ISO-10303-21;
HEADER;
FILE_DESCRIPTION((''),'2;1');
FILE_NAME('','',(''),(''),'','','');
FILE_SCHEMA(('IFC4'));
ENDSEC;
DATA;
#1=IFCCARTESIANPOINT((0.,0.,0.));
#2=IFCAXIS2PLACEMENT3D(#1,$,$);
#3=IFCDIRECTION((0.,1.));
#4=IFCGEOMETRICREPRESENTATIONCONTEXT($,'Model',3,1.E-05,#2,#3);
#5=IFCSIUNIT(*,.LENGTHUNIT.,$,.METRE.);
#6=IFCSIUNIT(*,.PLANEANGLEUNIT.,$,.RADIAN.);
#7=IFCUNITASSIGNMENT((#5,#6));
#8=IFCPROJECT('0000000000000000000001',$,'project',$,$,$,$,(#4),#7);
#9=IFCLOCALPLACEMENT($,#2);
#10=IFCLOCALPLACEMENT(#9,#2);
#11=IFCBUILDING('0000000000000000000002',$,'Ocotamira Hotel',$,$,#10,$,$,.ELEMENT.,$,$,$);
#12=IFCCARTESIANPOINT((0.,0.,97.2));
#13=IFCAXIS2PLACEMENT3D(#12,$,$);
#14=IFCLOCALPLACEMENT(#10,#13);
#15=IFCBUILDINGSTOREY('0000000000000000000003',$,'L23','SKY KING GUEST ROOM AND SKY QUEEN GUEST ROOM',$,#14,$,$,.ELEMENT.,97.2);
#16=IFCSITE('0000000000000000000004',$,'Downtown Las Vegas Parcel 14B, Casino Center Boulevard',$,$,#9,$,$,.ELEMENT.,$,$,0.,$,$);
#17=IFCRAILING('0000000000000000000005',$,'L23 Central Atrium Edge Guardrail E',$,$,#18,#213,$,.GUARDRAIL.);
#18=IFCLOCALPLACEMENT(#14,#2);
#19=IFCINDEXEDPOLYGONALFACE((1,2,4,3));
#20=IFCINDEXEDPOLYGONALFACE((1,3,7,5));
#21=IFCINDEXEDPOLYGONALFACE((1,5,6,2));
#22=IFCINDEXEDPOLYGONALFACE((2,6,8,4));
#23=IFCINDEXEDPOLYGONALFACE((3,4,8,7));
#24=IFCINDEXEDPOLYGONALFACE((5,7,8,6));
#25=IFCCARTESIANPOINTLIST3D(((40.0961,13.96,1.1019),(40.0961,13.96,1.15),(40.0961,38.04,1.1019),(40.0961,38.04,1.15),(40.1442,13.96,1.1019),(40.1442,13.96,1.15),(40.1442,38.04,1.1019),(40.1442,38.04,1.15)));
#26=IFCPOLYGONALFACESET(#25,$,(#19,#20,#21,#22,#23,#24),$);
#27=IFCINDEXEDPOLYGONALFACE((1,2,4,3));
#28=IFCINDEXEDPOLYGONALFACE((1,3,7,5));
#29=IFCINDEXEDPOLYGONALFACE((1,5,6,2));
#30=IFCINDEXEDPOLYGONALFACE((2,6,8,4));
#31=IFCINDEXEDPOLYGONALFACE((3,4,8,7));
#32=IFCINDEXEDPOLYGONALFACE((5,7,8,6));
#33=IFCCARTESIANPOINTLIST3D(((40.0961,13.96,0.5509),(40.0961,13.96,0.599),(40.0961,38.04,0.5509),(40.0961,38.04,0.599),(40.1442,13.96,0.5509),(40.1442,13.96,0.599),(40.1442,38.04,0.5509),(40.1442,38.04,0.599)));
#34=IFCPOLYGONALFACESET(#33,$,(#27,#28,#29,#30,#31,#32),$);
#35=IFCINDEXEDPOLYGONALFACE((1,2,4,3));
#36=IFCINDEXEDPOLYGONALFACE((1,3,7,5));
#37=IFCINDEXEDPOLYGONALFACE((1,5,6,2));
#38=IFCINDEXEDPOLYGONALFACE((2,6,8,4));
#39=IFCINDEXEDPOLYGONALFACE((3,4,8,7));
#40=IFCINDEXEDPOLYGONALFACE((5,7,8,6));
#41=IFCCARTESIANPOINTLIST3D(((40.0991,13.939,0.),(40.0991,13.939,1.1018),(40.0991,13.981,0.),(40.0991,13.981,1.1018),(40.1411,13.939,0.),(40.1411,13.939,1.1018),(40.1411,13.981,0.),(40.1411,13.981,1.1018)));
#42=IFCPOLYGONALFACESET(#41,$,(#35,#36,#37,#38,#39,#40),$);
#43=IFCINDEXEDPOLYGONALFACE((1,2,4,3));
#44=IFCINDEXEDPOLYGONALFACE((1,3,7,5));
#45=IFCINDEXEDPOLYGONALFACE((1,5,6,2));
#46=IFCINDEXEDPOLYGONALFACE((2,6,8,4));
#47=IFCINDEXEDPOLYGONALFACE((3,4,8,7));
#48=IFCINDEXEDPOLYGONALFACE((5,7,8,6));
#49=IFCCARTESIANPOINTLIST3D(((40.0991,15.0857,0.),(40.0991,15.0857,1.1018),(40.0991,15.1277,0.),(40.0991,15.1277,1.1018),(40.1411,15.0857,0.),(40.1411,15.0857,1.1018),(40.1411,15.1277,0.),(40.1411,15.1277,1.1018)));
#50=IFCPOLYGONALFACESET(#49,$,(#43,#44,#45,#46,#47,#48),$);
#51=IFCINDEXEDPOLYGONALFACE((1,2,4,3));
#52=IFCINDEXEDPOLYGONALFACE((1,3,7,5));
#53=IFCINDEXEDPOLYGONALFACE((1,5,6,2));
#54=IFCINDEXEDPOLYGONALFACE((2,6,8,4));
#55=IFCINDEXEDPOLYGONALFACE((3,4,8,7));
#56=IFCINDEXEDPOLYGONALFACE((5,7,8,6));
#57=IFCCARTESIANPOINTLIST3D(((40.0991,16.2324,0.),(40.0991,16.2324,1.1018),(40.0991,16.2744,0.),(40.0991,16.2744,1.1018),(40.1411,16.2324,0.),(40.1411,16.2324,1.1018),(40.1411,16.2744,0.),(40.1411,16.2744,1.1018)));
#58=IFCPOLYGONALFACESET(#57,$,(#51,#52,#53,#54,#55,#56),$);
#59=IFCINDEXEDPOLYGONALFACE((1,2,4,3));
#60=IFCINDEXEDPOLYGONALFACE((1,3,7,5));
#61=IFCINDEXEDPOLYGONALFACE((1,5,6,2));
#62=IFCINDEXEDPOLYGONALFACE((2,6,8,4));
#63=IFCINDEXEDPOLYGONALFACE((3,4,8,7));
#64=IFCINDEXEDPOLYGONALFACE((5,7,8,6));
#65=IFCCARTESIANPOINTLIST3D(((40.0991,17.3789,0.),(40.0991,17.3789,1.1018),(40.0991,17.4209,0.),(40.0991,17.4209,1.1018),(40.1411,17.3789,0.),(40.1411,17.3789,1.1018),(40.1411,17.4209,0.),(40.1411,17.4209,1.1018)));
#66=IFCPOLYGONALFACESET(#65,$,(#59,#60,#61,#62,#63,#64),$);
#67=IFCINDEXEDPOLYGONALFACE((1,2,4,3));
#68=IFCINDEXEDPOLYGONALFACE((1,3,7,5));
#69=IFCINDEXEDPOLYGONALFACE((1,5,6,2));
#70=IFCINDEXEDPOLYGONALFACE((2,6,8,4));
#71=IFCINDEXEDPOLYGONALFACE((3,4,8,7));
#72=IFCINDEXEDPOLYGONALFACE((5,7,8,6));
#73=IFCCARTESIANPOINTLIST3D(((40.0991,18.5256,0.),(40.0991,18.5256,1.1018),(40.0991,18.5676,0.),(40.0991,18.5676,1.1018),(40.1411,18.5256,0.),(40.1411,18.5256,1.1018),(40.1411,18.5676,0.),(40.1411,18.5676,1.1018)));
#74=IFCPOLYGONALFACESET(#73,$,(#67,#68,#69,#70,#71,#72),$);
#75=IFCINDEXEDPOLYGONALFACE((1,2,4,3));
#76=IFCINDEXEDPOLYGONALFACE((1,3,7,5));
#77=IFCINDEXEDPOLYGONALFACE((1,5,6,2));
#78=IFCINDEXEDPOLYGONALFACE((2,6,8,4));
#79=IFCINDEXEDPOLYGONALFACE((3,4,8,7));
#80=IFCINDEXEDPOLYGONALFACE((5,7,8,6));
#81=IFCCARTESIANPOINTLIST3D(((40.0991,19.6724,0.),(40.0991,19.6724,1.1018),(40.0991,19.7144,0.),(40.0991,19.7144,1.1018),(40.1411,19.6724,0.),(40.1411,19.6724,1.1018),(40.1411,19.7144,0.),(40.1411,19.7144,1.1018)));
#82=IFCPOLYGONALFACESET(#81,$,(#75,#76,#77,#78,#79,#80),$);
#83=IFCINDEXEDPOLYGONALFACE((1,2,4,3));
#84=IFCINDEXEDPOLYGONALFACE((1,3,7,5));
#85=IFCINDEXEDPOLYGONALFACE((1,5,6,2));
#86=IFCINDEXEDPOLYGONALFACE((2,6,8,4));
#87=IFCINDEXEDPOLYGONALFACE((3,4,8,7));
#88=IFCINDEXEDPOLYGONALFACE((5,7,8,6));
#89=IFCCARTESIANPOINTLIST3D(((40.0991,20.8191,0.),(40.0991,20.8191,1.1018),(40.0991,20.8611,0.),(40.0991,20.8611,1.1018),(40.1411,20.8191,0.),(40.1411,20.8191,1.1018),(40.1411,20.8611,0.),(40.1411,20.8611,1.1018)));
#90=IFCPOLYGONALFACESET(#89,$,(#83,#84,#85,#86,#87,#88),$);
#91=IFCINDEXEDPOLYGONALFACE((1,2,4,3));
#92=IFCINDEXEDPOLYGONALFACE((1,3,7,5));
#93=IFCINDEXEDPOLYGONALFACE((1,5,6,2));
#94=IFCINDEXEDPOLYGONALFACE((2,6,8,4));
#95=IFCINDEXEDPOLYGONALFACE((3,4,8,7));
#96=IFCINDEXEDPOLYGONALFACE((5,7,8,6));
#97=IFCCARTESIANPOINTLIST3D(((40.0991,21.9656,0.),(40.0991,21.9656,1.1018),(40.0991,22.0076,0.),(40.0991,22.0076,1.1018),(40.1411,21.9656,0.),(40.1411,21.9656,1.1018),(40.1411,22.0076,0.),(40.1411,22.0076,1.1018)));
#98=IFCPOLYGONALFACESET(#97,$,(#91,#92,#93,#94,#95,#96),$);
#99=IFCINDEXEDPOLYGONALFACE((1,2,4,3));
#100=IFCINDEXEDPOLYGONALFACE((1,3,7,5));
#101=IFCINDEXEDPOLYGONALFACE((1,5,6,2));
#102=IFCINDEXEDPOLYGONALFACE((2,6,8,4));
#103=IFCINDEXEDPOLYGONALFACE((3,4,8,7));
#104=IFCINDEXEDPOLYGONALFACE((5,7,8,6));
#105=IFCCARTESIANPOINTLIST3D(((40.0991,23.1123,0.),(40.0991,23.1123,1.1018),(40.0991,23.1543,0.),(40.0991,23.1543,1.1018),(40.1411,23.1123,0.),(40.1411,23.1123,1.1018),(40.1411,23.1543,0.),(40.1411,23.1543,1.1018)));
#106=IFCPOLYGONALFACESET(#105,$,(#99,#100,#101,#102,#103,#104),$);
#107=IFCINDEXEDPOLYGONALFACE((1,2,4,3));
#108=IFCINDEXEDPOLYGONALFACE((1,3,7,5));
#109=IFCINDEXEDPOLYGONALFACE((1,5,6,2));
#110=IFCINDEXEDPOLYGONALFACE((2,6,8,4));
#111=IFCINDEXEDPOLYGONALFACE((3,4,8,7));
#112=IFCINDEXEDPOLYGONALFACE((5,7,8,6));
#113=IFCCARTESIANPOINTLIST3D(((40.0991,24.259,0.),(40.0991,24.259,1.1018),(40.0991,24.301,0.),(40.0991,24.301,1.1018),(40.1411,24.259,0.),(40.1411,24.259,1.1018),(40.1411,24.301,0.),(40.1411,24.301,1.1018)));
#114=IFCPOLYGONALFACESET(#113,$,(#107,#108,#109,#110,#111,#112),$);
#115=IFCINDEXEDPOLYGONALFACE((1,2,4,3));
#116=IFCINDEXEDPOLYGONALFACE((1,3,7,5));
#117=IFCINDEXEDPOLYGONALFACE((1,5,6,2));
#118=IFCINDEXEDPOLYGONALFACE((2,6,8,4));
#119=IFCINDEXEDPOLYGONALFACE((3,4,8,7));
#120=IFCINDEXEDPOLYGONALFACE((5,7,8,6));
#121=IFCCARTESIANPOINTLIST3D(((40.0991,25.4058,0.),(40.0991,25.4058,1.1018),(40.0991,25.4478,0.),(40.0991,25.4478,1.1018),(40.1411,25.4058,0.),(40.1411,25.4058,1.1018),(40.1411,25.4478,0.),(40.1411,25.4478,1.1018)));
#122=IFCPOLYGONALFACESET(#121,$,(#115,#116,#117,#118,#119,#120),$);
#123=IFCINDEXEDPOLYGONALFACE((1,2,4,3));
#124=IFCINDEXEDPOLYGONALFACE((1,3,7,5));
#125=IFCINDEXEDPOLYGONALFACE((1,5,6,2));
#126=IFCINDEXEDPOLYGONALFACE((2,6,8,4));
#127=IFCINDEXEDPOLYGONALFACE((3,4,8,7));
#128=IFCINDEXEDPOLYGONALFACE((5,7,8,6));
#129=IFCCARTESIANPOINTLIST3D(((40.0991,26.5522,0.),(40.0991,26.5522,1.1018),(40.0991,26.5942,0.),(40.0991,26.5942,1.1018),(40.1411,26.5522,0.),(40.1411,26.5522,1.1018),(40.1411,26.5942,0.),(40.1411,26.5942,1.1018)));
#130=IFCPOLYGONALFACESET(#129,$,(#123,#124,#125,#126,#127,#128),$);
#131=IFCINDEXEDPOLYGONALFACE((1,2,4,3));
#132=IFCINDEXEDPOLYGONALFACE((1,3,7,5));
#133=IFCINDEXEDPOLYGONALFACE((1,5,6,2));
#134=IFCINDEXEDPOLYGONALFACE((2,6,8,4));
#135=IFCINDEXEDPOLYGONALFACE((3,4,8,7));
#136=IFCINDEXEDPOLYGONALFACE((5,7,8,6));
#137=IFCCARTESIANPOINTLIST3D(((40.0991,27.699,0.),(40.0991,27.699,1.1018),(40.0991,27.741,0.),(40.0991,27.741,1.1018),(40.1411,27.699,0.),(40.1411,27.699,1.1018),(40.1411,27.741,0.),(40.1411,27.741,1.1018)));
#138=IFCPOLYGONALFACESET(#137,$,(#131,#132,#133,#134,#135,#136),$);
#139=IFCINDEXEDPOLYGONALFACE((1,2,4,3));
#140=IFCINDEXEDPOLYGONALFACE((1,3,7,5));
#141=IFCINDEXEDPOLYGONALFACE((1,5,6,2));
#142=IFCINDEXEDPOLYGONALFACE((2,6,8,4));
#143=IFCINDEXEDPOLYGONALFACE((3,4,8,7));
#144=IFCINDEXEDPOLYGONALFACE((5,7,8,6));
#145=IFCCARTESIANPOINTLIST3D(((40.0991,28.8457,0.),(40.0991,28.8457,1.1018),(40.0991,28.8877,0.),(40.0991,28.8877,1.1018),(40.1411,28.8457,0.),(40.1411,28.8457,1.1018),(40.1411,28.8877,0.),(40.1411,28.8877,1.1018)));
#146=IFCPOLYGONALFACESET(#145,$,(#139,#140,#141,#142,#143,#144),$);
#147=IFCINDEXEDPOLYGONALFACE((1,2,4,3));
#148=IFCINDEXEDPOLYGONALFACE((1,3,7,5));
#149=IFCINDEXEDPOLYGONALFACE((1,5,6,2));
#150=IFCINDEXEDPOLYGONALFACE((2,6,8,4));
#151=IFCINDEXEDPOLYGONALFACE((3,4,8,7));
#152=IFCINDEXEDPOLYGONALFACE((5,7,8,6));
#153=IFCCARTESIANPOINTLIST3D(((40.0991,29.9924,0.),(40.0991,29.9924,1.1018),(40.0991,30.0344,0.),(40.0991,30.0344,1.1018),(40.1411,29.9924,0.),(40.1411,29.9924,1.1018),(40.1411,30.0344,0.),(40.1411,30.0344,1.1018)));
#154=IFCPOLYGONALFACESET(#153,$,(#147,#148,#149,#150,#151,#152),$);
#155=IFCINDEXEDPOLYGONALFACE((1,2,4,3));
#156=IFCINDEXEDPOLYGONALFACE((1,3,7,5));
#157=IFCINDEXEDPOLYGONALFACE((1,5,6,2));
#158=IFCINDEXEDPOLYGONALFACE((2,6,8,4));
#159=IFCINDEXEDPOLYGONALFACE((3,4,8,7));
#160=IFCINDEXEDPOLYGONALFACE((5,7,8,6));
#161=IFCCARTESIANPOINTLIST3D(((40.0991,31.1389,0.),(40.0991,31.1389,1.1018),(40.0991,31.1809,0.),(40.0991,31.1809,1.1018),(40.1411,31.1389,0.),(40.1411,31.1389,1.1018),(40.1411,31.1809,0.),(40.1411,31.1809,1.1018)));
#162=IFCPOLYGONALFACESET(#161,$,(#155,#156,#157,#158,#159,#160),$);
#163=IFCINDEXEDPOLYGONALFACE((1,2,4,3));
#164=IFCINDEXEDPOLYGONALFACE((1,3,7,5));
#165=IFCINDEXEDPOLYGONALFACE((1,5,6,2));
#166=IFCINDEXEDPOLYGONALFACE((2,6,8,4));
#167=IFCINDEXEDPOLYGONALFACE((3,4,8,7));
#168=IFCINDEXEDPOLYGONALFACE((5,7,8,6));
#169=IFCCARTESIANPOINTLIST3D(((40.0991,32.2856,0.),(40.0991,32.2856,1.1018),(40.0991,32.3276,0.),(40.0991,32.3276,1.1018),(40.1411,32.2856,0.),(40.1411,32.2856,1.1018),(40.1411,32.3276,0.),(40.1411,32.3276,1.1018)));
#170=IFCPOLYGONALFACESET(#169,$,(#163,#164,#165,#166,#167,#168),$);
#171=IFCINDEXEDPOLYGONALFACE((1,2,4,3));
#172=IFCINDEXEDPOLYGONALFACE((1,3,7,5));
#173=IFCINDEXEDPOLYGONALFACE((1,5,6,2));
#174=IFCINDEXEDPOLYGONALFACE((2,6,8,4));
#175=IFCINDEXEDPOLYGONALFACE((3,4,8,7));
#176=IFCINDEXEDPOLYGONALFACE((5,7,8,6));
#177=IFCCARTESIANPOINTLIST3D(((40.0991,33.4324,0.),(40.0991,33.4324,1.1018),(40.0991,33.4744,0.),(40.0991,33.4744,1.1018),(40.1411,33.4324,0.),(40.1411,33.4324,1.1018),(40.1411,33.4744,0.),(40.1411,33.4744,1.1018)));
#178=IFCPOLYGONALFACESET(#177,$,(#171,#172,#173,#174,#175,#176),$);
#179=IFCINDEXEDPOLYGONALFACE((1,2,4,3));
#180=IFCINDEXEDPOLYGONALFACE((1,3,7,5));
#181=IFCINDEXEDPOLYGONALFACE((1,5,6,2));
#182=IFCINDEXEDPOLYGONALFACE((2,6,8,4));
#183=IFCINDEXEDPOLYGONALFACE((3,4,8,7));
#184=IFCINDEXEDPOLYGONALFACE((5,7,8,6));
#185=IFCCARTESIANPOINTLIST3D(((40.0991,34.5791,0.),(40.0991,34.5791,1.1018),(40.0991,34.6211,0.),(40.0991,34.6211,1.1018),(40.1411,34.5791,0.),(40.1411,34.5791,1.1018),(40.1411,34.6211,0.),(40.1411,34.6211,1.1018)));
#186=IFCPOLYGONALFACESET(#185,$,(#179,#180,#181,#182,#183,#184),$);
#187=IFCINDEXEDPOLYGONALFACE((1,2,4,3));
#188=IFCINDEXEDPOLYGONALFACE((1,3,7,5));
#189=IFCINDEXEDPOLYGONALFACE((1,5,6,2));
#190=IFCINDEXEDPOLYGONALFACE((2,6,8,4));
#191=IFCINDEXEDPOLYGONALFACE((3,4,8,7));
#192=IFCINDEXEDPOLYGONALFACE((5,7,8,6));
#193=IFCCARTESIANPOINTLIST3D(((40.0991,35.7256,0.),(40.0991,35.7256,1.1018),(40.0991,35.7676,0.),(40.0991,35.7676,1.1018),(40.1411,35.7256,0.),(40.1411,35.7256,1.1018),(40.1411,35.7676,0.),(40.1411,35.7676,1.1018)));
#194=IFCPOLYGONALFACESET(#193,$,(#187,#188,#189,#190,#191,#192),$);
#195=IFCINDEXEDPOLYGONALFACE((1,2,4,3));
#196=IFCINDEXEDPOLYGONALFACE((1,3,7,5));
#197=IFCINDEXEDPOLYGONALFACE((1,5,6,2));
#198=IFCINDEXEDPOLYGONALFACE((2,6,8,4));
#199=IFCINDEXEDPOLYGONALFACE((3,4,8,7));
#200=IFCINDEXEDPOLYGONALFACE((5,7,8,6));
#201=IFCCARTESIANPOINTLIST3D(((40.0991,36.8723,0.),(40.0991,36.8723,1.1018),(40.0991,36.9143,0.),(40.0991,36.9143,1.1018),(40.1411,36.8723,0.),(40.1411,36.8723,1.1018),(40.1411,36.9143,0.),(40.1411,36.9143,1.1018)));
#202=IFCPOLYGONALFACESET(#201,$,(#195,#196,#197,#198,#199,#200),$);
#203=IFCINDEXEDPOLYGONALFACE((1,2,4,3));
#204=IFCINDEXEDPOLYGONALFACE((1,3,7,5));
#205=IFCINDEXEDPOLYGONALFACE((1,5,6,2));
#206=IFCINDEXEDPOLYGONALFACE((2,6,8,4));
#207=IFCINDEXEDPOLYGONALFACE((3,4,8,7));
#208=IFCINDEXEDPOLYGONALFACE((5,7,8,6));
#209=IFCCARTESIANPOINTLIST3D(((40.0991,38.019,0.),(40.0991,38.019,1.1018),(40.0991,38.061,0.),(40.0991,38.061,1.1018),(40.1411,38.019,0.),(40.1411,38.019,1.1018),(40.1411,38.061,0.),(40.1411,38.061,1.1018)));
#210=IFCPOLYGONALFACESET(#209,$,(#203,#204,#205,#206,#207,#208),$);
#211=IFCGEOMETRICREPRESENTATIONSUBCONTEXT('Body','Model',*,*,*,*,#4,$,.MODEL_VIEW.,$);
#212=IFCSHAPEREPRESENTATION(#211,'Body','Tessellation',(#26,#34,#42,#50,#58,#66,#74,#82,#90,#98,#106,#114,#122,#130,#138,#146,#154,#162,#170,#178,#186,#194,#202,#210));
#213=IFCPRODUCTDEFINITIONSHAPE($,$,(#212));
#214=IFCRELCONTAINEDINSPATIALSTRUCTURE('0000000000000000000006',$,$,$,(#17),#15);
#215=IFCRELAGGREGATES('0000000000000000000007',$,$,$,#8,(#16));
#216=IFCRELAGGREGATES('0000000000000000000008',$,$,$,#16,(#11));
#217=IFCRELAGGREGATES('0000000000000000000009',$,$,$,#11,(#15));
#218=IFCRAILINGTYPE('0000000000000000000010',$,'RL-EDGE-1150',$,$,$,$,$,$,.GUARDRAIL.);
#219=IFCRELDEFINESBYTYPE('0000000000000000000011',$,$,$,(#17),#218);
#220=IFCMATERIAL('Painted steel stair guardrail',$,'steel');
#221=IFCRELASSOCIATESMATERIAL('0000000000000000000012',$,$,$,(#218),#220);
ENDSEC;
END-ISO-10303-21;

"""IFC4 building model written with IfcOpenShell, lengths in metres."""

from ifc_helpers import new_model, si_unit, direction, frame, origin, origin_2d, place, context, subcontext, project, spatial, rectangle, extrude, material, type_object, element, save


model = new_model("IFC4")

# Units and contexts
model_context = context("Model", 3, precision=1e-05, world=origin(), true_north=direction((0.0, 1.0)))
body_context = subcontext(model_context, "Body", "Model", "MODEL_VIEW")
ifc_project = project(units=[si_unit("LENGTHUNIT", "METRE"), si_unit("PLANEANGLEUNIT", "RADIAN")], contexts=[model_context])

# Site, building, storey
site_placement = place(None, origin())
site = spatial("IfcSite", under=ifc_project, at=site_placement, Name="Downtown Las Vegas Parcel 14B, Casino Center Boulevard", CompositionType="ELEMENT", RefElevation=0.0)
building_placement = place(site_placement, origin())
building = spatial("IfcBuilding", under=site, at=building_placement, Name="Ocotamira Hotel", CompositionType="ELEMENT")
storey_placement = place(building_placement, frame((0.0, 0.0, 97.2)))
storey = spatial("IfcBuildingStorey", under=building, at=storey_placement, Name="L23", Description="SKY KING GUEST ROOM AND SKY QUEEN GUEST ROOM", CompositionType="ELEMENT", Elevation=97.2)

# Railing
ifc_material_1 = material(Name="Painted steel stair guardrail", Category="steel")
railing_type = type_object("IfcRailingType", Name="RL-EDGE-1150", PredefinedType="GUARDRAIL", material=ifc_material_1)
railing_placement = place(storey_placement, frame((40.1201, 13.96, 0.0)))
element("IfcRailing", 1, at=railing_placement, inside=storey, type_object=railing_type, Name="L23 Central Atrium Edge Guardrail E", PredefinedType="GUARDRAIL", context=body_context, shape_type="SweptSolid", body=[
    extrude(rectangle(XDim=0.0481, YDim=0.0481, at=origin_2d()), frame((0.0, 0.0, 1.126), z_axis=(0.0, 1.0, 0.0), x_axis=(-1.0, 0.0, 0.0)), (0.0, 0.0, 1.0), 24.0801),
    extrude(rectangle(XDim=0.0481, YDim=0.0481, at=origin_2d()), frame((0.0, 0.0, 0.575), z_axis=(0.0, 1.0, 0.0), x_axis=(-1.0, 0.0, 0.0)), (0.0, 0.0, 1.0), 24.0801),
    extrude(rectangle(XDim=0.042, YDim=0.042, at=origin_2d()), origin(), (0.0, 0.0, 1.0), 1.1018),
    extrude(rectangle(XDim=0.042, YDim=0.042, at=origin_2d()), frame((0.0, 1.1467, 0.0)), (0.0, 0.0, 1.0), 1.1018),
    extrude(rectangle(XDim=0.042, YDim=0.042, at=origin_2d()), frame((0.0, 2.2935, 0.0)), (0.0, 0.0, 1.0), 1.1018),
    extrude(rectangle(XDim=0.042, YDim=0.042, at=origin_2d()), frame((0.0, 3.4399, 0.0)), (0.0, 0.0, 1.0), 1.1018),
    extrude(rectangle(XDim=0.042, YDim=0.042, at=origin_2d()), frame((0.0, 4.5867, 0.0)), (0.0, 0.0, 1.0), 1.1018),
    extrude(rectangle(XDim=0.042, YDim=0.042, at=origin_2d()), frame((0.0, 5.7334, 0.0)), (0.0, 0.0, 1.0), 1.1018),
    extrude(rectangle(XDim=0.042, YDim=0.042, at=origin_2d()), frame((0.0, 6.8801, 0.0)), (0.0, 0.0, 1.0), 1.1018),
    extrude(rectangle(XDim=0.042, YDim=0.042, at=origin_2d()), frame((0.0, 8.0266, 0.0)), (0.0, 0.0, 1.0), 1.1018),
    extrude(rectangle(XDim=0.042, YDim=0.042, at=origin_2d()), frame((0.0, 9.1733, 0.0)), (0.0, 0.0, 1.0), 1.1018),
    extrude(rectangle(XDim=0.042, YDim=0.042, at=origin_2d()), frame((0.0, 10.3201, 0.0)), (0.0, 0.0, 1.0), 1.1018),
    extrude(rectangle(XDim=0.042, YDim=0.042, at=origin_2d()), frame((0.0, 11.4668, 0.0)), (0.0, 0.0, 1.0), 1.1018),
    extrude(rectangle(XDim=0.042, YDim=0.042, at=origin_2d()), frame((0.0, 12.6133, 0.0)), (0.0, 0.0, 1.0), 1.1018),
    extrude(rectangle(XDim=0.042, YDim=0.042, at=origin_2d()), frame((0.0, 13.76, 0.0)), (0.0, 0.0, 1.0), 1.1018),
    extrude(rectangle(XDim=0.042, YDim=0.042, at=origin_2d()), frame((0.0, 14.9067, 0.0)), (0.0, 0.0, 1.0), 1.1018),
    extrude(rectangle(XDim=0.042, YDim=0.042, at=origin_2d()), frame((0.0, 16.0535, 0.0)), (0.0, 0.0, 1.0), 1.1018),
    extrude(rectangle(XDim=0.042, YDim=0.042, at=origin_2d()), frame((0.0, 17.2, 0.0)), (0.0, 0.0, 1.0), 1.1018),
    extrude(rectangle(XDim=0.042, YDim=0.042, at=origin_2d()), frame((0.0, 18.3467, 0.0)), (0.0, 0.0, 1.0), 1.1018),
    extrude(rectangle(XDim=0.042, YDim=0.042, at=origin_2d()), frame((0.0, 19.4934, 0.0)), (0.0, 0.0, 1.0), 1.1018),
    extrude(rectangle(XDim=0.042, YDim=0.042, at=origin_2d()), frame((0.0, 20.6401, 0.0)), (0.0, 0.0, 1.0), 1.1018),
    extrude(rectangle(XDim=0.042, YDim=0.042, at=origin_2d()), frame((0.0, 21.7866, 0.0)), (0.0, 0.0, 1.0), 1.1018),
    extrude(rectangle(XDim=0.042, YDim=0.042, at=origin_2d()), frame((0.0, 22.9333, 0.0)), (0.0, 0.0, 1.0), 1.1018),
    extrude(rectangle(XDim=0.042, YDim=0.042, at=origin_2d()), frame((0.0, 24.0801, 0.0)), (0.0, 0.0, 1.0), 1.1018),
])

save(model, "model.ifc")
